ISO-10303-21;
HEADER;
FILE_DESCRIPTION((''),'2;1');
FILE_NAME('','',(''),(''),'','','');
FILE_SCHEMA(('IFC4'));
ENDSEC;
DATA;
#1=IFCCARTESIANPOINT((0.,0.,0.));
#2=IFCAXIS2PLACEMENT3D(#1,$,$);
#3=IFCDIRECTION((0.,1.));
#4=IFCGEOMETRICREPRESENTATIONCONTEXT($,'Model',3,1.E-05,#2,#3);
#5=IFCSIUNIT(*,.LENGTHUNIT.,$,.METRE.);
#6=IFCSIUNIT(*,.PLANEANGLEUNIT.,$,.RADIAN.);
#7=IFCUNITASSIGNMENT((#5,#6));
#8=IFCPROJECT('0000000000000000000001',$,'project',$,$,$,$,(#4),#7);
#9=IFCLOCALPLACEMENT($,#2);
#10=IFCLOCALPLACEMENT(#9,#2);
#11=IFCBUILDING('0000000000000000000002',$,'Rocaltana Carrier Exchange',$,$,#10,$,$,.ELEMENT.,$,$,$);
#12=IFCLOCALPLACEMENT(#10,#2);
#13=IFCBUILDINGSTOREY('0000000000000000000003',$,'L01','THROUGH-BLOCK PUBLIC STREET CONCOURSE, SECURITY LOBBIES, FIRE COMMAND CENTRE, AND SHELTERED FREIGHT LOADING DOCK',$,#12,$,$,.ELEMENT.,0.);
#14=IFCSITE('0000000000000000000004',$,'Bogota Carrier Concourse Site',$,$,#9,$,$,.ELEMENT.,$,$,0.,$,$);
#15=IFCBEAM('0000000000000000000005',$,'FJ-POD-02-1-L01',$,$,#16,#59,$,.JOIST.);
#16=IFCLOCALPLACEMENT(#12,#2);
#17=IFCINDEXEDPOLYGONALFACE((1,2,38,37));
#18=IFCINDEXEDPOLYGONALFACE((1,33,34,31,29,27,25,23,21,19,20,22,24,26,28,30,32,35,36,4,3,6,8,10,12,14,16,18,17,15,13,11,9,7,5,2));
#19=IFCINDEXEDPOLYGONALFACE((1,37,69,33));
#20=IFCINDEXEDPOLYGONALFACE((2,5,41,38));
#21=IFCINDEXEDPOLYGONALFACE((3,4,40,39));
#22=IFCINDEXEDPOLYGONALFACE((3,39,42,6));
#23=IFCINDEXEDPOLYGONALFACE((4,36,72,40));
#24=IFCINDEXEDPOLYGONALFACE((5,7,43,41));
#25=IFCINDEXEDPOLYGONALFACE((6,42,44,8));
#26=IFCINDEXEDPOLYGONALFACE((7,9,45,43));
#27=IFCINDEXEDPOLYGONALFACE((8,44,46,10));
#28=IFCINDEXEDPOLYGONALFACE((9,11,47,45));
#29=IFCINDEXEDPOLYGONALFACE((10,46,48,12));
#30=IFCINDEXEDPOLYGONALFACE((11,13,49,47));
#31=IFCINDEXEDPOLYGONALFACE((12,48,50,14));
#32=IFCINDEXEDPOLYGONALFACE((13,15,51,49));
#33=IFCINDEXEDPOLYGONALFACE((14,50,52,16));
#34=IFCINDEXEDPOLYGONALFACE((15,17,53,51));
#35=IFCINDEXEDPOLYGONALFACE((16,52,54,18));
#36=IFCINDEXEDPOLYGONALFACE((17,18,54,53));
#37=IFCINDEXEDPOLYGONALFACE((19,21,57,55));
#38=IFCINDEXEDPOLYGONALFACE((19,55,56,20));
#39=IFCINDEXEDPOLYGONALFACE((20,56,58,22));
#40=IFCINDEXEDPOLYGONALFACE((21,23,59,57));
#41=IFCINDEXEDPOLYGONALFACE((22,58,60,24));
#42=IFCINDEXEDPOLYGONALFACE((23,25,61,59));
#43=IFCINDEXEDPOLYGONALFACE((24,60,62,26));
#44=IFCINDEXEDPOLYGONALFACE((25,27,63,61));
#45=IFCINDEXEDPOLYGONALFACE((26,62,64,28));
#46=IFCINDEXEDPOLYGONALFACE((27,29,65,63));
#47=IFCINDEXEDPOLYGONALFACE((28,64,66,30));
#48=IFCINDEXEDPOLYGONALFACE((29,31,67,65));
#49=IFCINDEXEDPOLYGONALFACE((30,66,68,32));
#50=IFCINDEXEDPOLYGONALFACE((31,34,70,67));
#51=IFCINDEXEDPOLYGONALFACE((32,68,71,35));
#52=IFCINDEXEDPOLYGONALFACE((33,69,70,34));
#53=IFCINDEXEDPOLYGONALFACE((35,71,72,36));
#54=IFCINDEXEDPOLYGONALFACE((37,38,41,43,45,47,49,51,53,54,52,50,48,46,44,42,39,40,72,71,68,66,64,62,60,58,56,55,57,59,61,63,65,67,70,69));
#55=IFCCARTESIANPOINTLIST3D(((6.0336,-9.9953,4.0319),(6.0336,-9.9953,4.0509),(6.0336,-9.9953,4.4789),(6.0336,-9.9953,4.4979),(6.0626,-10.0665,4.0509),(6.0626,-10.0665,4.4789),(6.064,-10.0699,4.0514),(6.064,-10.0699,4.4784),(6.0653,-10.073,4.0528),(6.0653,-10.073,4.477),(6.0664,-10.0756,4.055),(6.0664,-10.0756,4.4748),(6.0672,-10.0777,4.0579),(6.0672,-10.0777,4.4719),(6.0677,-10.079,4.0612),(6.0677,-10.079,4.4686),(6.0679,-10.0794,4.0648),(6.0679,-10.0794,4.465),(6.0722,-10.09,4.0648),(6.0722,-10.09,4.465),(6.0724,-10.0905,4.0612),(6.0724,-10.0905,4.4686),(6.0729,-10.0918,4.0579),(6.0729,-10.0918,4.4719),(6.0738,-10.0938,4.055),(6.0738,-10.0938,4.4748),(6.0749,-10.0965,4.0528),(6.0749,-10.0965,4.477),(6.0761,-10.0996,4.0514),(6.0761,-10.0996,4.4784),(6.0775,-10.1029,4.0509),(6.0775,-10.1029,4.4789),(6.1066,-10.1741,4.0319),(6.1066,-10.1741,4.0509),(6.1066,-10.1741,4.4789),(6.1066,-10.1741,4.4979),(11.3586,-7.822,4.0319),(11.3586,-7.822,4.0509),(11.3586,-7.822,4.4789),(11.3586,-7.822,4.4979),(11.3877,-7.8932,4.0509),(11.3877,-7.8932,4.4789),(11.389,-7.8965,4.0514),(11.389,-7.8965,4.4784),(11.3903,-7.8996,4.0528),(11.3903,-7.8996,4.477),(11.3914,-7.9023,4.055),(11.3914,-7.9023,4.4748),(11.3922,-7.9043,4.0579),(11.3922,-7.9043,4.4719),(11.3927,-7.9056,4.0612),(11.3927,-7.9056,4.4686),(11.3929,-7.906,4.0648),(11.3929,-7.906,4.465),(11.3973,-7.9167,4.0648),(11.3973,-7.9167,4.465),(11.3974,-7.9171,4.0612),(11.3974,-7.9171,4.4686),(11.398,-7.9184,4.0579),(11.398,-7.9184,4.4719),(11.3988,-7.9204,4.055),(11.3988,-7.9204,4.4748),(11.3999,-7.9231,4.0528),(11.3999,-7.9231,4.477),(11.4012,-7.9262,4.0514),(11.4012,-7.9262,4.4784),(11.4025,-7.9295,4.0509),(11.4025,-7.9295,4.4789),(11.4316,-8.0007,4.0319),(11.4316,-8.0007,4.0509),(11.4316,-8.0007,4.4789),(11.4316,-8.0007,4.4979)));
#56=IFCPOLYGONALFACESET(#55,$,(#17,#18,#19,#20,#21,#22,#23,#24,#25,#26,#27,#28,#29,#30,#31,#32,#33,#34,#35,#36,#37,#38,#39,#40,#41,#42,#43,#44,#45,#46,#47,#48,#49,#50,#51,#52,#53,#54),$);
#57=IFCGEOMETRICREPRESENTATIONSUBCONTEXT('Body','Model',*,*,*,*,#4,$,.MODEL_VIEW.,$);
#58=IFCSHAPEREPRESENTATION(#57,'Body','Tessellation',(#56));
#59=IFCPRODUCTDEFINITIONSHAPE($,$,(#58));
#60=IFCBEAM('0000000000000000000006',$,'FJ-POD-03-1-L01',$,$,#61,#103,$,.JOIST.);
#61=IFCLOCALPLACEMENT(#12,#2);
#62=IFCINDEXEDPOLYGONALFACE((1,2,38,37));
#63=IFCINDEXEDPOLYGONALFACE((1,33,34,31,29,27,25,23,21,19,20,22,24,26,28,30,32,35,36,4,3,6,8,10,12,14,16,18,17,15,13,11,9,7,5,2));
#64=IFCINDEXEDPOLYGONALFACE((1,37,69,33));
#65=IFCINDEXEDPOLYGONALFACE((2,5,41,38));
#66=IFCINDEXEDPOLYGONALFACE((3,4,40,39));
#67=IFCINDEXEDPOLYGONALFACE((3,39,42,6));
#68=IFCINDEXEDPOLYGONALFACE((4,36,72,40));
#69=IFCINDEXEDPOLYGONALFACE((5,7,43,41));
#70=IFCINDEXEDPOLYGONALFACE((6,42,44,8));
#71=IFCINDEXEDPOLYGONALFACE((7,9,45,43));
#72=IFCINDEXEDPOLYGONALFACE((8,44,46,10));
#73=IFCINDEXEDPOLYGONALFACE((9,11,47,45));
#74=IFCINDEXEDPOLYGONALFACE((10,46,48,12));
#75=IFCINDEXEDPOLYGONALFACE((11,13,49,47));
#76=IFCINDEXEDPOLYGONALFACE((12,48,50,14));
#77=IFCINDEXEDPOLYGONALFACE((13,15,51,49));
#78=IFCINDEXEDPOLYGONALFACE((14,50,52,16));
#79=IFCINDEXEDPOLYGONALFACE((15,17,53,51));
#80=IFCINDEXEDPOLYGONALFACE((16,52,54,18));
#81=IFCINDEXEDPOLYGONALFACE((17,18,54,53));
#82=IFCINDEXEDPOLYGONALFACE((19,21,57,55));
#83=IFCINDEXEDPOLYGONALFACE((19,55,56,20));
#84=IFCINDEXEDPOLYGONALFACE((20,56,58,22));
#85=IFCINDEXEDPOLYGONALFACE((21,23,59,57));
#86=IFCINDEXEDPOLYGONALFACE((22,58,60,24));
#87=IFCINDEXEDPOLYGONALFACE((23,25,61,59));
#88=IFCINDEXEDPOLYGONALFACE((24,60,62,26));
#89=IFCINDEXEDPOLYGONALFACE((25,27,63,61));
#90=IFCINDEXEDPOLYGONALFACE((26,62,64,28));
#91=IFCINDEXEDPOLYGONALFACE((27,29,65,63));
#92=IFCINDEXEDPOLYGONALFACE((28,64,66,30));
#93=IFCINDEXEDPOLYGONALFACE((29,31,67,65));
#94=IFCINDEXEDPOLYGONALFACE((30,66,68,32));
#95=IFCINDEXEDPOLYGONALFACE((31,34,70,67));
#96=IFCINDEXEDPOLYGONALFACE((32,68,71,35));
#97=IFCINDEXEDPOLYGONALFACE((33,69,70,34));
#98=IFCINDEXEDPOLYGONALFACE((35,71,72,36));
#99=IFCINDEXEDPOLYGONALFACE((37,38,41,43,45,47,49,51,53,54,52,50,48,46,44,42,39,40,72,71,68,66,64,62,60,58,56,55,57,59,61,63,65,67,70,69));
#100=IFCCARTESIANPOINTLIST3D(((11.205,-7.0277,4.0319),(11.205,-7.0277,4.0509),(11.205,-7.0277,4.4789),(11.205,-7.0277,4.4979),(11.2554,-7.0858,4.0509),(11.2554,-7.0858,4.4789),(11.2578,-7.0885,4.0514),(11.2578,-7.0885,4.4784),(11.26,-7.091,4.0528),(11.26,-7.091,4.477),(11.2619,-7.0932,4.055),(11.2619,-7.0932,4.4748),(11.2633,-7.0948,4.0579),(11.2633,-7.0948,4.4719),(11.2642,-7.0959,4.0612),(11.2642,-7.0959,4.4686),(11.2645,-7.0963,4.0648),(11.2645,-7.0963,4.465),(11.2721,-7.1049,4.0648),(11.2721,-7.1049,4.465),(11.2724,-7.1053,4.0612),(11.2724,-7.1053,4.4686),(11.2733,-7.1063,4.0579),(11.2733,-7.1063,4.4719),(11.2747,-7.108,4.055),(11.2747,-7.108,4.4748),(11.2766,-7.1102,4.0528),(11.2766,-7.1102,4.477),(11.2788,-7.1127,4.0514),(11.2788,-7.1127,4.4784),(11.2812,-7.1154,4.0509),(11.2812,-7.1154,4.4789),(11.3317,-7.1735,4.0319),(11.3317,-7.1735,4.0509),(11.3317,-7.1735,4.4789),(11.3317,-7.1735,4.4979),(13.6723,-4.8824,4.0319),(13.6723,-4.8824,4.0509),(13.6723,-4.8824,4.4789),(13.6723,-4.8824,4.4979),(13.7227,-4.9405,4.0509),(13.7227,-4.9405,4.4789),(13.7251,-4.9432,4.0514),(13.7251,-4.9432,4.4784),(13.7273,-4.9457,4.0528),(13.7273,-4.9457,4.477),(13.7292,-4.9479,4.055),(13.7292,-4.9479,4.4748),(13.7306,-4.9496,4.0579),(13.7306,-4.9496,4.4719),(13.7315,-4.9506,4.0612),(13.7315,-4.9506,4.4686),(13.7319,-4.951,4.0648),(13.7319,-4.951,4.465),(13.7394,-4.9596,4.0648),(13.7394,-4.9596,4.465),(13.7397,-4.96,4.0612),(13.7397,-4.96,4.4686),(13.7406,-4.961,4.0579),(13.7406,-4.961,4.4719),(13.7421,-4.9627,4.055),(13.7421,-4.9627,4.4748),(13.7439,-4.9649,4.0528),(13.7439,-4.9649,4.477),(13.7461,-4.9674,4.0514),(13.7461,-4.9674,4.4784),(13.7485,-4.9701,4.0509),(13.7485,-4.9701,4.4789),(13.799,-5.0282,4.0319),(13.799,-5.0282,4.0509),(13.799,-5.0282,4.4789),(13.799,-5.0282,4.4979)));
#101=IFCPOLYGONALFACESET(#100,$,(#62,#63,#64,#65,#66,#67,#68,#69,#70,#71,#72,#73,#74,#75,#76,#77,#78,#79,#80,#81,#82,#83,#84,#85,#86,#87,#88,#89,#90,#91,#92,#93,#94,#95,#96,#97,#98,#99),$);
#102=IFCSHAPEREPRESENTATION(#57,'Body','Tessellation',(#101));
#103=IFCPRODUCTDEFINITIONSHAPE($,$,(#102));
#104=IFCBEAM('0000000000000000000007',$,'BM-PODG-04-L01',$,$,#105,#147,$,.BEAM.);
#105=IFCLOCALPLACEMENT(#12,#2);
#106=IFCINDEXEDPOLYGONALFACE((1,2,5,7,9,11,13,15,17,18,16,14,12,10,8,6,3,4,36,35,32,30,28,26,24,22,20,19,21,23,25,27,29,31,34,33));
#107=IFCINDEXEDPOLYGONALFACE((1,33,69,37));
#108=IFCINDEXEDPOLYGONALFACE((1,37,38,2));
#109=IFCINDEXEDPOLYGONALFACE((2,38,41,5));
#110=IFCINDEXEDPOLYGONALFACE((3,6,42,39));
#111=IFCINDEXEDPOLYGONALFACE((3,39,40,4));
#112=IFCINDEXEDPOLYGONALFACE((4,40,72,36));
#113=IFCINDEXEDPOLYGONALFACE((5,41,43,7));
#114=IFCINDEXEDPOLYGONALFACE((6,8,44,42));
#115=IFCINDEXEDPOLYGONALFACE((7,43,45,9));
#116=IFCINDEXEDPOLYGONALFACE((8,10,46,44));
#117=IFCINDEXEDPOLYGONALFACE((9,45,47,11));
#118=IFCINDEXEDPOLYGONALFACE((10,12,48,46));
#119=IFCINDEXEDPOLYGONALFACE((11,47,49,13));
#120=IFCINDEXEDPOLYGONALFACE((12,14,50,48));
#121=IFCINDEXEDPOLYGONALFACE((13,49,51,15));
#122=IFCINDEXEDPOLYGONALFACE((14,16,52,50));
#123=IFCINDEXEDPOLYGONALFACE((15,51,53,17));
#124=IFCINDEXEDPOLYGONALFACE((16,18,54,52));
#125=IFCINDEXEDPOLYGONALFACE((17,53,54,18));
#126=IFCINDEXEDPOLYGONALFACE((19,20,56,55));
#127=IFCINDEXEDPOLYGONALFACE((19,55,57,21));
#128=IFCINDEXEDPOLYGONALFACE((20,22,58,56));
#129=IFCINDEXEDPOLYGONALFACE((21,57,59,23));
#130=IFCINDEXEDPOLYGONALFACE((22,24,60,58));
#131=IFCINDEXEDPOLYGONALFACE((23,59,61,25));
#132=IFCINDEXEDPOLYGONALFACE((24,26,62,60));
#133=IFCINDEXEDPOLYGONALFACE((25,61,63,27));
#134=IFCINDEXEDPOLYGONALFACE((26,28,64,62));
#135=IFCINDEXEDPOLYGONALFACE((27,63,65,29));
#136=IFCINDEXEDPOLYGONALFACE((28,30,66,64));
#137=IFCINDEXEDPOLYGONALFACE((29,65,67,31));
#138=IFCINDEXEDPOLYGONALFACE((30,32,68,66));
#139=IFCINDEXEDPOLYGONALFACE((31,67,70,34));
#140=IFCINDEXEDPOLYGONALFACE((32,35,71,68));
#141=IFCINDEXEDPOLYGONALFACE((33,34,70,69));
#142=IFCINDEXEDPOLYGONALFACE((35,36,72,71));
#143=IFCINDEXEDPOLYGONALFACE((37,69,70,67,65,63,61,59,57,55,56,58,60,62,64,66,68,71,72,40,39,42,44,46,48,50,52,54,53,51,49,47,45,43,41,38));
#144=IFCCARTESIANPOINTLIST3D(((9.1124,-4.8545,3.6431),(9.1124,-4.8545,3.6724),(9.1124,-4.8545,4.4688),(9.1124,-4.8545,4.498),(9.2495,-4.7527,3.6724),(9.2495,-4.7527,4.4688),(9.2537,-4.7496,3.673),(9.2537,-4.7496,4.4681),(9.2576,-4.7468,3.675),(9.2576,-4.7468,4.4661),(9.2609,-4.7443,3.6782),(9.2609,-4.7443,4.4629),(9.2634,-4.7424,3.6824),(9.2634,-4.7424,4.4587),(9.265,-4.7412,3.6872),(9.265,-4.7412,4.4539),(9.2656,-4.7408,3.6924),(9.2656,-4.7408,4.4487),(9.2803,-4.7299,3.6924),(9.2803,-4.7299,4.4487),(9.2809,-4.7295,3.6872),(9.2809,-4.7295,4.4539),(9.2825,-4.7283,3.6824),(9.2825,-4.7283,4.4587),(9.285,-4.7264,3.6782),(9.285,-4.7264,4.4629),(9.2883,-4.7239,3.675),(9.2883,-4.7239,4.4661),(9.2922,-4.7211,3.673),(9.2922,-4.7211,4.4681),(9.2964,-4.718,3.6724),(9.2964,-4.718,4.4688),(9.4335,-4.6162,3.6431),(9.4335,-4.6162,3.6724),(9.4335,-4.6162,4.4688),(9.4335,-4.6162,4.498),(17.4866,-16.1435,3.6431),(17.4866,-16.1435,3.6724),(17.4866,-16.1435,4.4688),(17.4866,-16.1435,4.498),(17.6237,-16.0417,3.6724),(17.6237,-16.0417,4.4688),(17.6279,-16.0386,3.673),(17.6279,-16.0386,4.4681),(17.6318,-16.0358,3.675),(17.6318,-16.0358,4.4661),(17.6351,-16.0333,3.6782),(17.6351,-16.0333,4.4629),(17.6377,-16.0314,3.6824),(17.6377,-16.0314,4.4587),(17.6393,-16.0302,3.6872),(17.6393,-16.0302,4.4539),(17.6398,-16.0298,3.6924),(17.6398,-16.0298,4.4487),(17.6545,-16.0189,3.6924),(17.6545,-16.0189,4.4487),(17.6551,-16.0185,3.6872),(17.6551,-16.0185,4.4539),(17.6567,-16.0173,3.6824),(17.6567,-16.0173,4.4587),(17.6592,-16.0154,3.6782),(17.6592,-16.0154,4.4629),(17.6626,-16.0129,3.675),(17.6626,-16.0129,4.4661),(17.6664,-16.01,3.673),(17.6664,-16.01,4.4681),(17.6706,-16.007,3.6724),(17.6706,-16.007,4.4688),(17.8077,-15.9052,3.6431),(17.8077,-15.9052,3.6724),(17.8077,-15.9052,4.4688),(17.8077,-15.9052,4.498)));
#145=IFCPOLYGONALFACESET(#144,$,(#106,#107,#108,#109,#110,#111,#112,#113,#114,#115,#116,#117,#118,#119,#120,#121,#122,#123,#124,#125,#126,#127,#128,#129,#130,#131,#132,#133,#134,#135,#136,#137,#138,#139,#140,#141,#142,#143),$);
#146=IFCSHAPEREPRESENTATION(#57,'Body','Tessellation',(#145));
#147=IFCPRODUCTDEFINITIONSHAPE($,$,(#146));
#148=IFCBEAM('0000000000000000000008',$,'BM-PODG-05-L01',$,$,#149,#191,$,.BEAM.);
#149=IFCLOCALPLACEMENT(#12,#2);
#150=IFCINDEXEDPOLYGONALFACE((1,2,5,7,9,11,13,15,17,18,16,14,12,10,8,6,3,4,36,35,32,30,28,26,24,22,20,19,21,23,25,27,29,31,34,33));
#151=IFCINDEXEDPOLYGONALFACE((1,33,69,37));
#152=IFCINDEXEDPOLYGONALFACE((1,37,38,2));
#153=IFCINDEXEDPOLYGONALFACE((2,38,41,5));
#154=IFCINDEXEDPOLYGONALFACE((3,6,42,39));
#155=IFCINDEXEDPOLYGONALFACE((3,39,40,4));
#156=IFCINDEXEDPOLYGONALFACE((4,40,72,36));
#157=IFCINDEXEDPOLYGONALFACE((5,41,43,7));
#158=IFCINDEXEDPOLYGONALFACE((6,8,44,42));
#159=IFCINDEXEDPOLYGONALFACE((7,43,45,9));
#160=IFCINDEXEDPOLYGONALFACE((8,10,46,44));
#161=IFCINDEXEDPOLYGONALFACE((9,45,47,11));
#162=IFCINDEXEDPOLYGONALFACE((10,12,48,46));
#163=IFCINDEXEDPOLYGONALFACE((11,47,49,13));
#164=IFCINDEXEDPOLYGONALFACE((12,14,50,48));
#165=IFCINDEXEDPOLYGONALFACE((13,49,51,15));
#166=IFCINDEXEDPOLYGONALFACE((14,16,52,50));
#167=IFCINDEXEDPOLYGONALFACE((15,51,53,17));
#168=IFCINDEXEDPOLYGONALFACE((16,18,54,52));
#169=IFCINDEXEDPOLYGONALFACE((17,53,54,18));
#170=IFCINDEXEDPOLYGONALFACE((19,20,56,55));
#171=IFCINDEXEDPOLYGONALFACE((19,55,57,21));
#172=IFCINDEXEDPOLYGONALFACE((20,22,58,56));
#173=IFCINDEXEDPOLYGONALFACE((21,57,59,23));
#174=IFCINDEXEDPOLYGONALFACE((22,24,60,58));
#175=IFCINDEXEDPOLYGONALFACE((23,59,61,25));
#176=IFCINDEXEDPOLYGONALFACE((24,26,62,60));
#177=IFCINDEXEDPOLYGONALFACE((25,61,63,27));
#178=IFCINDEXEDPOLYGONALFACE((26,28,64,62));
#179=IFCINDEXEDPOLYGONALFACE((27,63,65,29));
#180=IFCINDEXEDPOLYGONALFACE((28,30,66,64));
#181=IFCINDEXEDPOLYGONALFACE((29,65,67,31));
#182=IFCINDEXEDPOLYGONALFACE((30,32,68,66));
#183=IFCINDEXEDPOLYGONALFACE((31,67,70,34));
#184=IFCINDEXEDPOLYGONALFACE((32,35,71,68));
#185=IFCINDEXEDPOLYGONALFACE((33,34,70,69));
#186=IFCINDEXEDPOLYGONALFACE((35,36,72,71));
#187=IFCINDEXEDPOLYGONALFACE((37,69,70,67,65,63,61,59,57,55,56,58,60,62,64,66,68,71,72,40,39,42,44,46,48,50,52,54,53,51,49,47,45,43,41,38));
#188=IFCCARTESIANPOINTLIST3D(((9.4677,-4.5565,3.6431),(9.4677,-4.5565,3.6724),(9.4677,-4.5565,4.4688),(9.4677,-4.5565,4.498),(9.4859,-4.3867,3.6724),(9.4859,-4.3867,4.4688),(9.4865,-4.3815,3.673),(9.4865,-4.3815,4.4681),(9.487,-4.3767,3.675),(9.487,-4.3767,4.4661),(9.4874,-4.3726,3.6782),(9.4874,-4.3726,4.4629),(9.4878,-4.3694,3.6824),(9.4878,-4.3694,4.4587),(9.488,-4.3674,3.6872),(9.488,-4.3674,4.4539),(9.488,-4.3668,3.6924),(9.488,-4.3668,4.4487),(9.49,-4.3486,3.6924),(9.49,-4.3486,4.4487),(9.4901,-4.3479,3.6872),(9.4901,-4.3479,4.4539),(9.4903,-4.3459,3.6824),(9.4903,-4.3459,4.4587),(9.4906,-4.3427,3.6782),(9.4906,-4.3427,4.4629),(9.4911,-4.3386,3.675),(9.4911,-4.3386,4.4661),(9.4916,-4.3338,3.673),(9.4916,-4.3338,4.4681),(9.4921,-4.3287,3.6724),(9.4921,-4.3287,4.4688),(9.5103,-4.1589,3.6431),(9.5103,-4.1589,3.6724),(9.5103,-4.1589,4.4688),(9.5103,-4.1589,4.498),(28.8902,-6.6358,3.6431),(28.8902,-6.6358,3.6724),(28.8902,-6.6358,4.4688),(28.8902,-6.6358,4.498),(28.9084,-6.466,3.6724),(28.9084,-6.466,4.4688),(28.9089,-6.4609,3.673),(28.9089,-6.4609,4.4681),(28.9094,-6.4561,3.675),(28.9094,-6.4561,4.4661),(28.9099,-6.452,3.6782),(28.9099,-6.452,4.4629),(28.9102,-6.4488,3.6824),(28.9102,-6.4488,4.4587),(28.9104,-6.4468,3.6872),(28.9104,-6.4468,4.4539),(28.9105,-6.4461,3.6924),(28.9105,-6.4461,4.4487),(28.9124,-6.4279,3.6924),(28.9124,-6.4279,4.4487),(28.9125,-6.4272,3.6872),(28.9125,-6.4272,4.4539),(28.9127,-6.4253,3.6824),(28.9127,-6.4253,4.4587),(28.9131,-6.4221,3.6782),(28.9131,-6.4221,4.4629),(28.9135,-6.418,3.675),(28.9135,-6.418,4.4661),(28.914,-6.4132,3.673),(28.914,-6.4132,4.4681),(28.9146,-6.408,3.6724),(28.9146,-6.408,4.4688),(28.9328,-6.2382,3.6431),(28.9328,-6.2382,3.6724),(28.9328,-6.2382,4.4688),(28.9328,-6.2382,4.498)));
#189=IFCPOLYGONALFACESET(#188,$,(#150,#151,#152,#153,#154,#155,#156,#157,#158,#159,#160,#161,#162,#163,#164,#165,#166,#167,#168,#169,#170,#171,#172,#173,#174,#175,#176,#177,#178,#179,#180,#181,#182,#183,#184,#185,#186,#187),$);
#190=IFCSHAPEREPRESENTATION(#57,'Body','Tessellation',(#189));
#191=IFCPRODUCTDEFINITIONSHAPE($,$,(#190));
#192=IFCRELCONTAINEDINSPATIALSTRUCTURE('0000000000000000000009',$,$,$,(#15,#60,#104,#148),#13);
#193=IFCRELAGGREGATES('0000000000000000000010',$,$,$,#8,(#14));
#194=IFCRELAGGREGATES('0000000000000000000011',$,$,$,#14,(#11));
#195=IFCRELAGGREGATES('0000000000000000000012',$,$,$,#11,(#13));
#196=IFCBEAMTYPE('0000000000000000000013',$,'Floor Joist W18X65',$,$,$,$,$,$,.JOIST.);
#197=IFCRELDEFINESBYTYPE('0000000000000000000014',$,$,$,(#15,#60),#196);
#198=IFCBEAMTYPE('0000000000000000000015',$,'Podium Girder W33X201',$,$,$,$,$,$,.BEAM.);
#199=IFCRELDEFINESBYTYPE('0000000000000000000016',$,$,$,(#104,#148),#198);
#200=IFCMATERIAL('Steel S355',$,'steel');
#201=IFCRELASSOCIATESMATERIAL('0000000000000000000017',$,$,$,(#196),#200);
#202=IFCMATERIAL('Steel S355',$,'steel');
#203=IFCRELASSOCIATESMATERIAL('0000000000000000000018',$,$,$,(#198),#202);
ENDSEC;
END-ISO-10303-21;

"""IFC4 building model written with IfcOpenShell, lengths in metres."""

from ifc_helpers import new_model, si_unit, direction, frame, origin, origin_2d, place, context, subcontext, project, spatial, i_section, extrude, material, material_profile, profile_set, type_object, element, save


model = new_model("IFC4")

# Units and contexts
model_context = context("Model", 3, precision=1e-05, world=origin(), true_north=direction((0.0, 1.0)))
body_context = subcontext(model_context, "Body", "Model", "MODEL_VIEW")
ifc_project = project(units=[si_unit("LENGTHUNIT", "METRE"), si_unit("PLANEANGLEUNIT", "RADIAN")], contexts=[model_context])

# Site, building, storey
site_placement = place(None, origin())
site = spatial("IfcSite", under=ifc_project, at=site_placement, Name="Bogota Carrier Concourse Site", CompositionType="ELEMENT", RefElevation=0.0)
building_placement = place(site_placement, origin())
building = spatial("IfcBuilding", under=site, at=building_placement, Name="Rocaltana Carrier Exchange", CompositionType="ELEMENT")
storey_placement = place(building_placement, origin())
storey = spatial("IfcBuildingStorey", under=building, at=storey_placement, Name="L01", Description="THROUGH-BLOCK PUBLIC STREET CONCOURSE, SECURITY LOBBIES, FIRE COMMAND CENTRE, AND SHELTERED FREIGHT LOADING DOCK", CompositionType="ELEMENT", Elevation=0.0)

# Beams
ifc_material_1 = material(Name="Steel S355", Category="steel")
ifc_material_profile_1 = material_profile(ifc_material_1, i_section(OverallWidth=0.1931, OverallDepth=0.4661, WebThickness=0.0115, FlangeThickness=0.019, FilletRadius=0.0139, at=origin_2d()), Name="W18X65")
ifc_profile_set_1 = profile_set([ifc_material_profile_1], Name="Steel S355")
beam_type_1 = type_object("IfcBeamType", Name="Floor Joist W18X65", PredefinedType="JOIST", material=ifc_profile_set_1)
beam_1_placement = place(storey_placement, frame((6.0701, -10.0847, 4.2649), z_axis=(0.925854, 0.377881, 0.0), x_axis=(-0.377881, 0.925854, 0.0)))
element("IfcBeam", 1, at=beam_1_placement, inside=storey, type_object=beam_type_1, Name="FJ-POD-02-1-L01", PredefinedType="JOIST", context=body_context, shape_type="SweptSolid", body=[
    extrude(i_section(OverallWidth=0.1931, OverallDepth=0.4661, WebThickness=0.0115, FlangeThickness=0.019, FilletRadius=0.0139, at=origin_2d()), origin(), (0.0, 0.0, 1.0), 5.7515),
])
beam_2_placement = place(storey_placement, frame((11.2683, -7.1006, 4.2649), z_axis=(0.754636, 0.656144, 0.0), x_axis=(-0.656144, 0.754636, 0.0)))
element("IfcBeam", 2, at=beam_2_placement, inside=storey, type_object=beam_type_1, Name="FJ-POD-03-1-L01", PredefinedType="JOIST", context=body_context, shape_type="SweptSolid", body=[
    extrude(i_section(OverallWidth=0.1931, OverallDepth=0.4661, WebThickness=0.0115, FlangeThickness=0.019, FilletRadius=0.0139, at=origin_2d()), origin(), (0.0, 0.0, 1.0), 3.2695),
])
ifc_material_2 = material(Name="Steel S355", Category="steel")
ifc_material_profile_2 = material_profile(ifc_material_2, i_section(OverallWidth=0.3999, OverallDepth=0.855, WebThickness=0.0183, FlangeThickness=0.0293, FilletRadius=0.02, at=origin_2d()), Name="W33X201")
ifc_profile_set_2 = profile_set([ifc_material_profile_2], Name="Steel S355")
beam_type_2 = type_object("IfcBeamType", Name="Podium Girder W33X201", PredefinedType="BEAM", material=ifc_profile_set_2)
beam_3_placement = place(storey_placement, frame((9.2729, -4.7354, 4.0706), z_axis=(0.595779, -0.803149, 0.0), x_axis=(0.803149, 0.595779, 0.0)))
element("IfcBeam", 3, at=beam_3_placement, inside=storey, type_object=beam_type_2, Name="BM-PODG-04-L01", PredefinedType="BEAM", context=body_context, shape_type="SweptSolid", body=[
    extrude(i_section(OverallWidth=0.3999, OverallDepth=0.855, WebThickness=0.0183, FlangeThickness=0.0293, FilletRadius=0.02, at=origin_2d()), origin(), (0.0, 0.0, 1.0), 14.0559),
])
beam_4_placement = place(storey_placement, frame((9.489, -4.3577, 4.0706), z_axis=(0.994318, -0.106451, 0.0), x_axis=(0.106451, 0.994318, 0.0)))
element("IfcBeam", 4, at=beam_4_placement, inside=storey, type_object=beam_type_2, Name="BM-PODG-05-L01", PredefinedType="BEAM", context=body_context, shape_type="SweptSolid", body=[
    extrude(i_section(OverallWidth=0.3999, OverallDepth=0.855, WebThickness=0.0183, FlangeThickness=0.0293, FilletRadius=0.02, at=origin_2d()), origin(), (0.0, 0.0, 1.0), 19.5334),
])

save(model, "model.ifc")
